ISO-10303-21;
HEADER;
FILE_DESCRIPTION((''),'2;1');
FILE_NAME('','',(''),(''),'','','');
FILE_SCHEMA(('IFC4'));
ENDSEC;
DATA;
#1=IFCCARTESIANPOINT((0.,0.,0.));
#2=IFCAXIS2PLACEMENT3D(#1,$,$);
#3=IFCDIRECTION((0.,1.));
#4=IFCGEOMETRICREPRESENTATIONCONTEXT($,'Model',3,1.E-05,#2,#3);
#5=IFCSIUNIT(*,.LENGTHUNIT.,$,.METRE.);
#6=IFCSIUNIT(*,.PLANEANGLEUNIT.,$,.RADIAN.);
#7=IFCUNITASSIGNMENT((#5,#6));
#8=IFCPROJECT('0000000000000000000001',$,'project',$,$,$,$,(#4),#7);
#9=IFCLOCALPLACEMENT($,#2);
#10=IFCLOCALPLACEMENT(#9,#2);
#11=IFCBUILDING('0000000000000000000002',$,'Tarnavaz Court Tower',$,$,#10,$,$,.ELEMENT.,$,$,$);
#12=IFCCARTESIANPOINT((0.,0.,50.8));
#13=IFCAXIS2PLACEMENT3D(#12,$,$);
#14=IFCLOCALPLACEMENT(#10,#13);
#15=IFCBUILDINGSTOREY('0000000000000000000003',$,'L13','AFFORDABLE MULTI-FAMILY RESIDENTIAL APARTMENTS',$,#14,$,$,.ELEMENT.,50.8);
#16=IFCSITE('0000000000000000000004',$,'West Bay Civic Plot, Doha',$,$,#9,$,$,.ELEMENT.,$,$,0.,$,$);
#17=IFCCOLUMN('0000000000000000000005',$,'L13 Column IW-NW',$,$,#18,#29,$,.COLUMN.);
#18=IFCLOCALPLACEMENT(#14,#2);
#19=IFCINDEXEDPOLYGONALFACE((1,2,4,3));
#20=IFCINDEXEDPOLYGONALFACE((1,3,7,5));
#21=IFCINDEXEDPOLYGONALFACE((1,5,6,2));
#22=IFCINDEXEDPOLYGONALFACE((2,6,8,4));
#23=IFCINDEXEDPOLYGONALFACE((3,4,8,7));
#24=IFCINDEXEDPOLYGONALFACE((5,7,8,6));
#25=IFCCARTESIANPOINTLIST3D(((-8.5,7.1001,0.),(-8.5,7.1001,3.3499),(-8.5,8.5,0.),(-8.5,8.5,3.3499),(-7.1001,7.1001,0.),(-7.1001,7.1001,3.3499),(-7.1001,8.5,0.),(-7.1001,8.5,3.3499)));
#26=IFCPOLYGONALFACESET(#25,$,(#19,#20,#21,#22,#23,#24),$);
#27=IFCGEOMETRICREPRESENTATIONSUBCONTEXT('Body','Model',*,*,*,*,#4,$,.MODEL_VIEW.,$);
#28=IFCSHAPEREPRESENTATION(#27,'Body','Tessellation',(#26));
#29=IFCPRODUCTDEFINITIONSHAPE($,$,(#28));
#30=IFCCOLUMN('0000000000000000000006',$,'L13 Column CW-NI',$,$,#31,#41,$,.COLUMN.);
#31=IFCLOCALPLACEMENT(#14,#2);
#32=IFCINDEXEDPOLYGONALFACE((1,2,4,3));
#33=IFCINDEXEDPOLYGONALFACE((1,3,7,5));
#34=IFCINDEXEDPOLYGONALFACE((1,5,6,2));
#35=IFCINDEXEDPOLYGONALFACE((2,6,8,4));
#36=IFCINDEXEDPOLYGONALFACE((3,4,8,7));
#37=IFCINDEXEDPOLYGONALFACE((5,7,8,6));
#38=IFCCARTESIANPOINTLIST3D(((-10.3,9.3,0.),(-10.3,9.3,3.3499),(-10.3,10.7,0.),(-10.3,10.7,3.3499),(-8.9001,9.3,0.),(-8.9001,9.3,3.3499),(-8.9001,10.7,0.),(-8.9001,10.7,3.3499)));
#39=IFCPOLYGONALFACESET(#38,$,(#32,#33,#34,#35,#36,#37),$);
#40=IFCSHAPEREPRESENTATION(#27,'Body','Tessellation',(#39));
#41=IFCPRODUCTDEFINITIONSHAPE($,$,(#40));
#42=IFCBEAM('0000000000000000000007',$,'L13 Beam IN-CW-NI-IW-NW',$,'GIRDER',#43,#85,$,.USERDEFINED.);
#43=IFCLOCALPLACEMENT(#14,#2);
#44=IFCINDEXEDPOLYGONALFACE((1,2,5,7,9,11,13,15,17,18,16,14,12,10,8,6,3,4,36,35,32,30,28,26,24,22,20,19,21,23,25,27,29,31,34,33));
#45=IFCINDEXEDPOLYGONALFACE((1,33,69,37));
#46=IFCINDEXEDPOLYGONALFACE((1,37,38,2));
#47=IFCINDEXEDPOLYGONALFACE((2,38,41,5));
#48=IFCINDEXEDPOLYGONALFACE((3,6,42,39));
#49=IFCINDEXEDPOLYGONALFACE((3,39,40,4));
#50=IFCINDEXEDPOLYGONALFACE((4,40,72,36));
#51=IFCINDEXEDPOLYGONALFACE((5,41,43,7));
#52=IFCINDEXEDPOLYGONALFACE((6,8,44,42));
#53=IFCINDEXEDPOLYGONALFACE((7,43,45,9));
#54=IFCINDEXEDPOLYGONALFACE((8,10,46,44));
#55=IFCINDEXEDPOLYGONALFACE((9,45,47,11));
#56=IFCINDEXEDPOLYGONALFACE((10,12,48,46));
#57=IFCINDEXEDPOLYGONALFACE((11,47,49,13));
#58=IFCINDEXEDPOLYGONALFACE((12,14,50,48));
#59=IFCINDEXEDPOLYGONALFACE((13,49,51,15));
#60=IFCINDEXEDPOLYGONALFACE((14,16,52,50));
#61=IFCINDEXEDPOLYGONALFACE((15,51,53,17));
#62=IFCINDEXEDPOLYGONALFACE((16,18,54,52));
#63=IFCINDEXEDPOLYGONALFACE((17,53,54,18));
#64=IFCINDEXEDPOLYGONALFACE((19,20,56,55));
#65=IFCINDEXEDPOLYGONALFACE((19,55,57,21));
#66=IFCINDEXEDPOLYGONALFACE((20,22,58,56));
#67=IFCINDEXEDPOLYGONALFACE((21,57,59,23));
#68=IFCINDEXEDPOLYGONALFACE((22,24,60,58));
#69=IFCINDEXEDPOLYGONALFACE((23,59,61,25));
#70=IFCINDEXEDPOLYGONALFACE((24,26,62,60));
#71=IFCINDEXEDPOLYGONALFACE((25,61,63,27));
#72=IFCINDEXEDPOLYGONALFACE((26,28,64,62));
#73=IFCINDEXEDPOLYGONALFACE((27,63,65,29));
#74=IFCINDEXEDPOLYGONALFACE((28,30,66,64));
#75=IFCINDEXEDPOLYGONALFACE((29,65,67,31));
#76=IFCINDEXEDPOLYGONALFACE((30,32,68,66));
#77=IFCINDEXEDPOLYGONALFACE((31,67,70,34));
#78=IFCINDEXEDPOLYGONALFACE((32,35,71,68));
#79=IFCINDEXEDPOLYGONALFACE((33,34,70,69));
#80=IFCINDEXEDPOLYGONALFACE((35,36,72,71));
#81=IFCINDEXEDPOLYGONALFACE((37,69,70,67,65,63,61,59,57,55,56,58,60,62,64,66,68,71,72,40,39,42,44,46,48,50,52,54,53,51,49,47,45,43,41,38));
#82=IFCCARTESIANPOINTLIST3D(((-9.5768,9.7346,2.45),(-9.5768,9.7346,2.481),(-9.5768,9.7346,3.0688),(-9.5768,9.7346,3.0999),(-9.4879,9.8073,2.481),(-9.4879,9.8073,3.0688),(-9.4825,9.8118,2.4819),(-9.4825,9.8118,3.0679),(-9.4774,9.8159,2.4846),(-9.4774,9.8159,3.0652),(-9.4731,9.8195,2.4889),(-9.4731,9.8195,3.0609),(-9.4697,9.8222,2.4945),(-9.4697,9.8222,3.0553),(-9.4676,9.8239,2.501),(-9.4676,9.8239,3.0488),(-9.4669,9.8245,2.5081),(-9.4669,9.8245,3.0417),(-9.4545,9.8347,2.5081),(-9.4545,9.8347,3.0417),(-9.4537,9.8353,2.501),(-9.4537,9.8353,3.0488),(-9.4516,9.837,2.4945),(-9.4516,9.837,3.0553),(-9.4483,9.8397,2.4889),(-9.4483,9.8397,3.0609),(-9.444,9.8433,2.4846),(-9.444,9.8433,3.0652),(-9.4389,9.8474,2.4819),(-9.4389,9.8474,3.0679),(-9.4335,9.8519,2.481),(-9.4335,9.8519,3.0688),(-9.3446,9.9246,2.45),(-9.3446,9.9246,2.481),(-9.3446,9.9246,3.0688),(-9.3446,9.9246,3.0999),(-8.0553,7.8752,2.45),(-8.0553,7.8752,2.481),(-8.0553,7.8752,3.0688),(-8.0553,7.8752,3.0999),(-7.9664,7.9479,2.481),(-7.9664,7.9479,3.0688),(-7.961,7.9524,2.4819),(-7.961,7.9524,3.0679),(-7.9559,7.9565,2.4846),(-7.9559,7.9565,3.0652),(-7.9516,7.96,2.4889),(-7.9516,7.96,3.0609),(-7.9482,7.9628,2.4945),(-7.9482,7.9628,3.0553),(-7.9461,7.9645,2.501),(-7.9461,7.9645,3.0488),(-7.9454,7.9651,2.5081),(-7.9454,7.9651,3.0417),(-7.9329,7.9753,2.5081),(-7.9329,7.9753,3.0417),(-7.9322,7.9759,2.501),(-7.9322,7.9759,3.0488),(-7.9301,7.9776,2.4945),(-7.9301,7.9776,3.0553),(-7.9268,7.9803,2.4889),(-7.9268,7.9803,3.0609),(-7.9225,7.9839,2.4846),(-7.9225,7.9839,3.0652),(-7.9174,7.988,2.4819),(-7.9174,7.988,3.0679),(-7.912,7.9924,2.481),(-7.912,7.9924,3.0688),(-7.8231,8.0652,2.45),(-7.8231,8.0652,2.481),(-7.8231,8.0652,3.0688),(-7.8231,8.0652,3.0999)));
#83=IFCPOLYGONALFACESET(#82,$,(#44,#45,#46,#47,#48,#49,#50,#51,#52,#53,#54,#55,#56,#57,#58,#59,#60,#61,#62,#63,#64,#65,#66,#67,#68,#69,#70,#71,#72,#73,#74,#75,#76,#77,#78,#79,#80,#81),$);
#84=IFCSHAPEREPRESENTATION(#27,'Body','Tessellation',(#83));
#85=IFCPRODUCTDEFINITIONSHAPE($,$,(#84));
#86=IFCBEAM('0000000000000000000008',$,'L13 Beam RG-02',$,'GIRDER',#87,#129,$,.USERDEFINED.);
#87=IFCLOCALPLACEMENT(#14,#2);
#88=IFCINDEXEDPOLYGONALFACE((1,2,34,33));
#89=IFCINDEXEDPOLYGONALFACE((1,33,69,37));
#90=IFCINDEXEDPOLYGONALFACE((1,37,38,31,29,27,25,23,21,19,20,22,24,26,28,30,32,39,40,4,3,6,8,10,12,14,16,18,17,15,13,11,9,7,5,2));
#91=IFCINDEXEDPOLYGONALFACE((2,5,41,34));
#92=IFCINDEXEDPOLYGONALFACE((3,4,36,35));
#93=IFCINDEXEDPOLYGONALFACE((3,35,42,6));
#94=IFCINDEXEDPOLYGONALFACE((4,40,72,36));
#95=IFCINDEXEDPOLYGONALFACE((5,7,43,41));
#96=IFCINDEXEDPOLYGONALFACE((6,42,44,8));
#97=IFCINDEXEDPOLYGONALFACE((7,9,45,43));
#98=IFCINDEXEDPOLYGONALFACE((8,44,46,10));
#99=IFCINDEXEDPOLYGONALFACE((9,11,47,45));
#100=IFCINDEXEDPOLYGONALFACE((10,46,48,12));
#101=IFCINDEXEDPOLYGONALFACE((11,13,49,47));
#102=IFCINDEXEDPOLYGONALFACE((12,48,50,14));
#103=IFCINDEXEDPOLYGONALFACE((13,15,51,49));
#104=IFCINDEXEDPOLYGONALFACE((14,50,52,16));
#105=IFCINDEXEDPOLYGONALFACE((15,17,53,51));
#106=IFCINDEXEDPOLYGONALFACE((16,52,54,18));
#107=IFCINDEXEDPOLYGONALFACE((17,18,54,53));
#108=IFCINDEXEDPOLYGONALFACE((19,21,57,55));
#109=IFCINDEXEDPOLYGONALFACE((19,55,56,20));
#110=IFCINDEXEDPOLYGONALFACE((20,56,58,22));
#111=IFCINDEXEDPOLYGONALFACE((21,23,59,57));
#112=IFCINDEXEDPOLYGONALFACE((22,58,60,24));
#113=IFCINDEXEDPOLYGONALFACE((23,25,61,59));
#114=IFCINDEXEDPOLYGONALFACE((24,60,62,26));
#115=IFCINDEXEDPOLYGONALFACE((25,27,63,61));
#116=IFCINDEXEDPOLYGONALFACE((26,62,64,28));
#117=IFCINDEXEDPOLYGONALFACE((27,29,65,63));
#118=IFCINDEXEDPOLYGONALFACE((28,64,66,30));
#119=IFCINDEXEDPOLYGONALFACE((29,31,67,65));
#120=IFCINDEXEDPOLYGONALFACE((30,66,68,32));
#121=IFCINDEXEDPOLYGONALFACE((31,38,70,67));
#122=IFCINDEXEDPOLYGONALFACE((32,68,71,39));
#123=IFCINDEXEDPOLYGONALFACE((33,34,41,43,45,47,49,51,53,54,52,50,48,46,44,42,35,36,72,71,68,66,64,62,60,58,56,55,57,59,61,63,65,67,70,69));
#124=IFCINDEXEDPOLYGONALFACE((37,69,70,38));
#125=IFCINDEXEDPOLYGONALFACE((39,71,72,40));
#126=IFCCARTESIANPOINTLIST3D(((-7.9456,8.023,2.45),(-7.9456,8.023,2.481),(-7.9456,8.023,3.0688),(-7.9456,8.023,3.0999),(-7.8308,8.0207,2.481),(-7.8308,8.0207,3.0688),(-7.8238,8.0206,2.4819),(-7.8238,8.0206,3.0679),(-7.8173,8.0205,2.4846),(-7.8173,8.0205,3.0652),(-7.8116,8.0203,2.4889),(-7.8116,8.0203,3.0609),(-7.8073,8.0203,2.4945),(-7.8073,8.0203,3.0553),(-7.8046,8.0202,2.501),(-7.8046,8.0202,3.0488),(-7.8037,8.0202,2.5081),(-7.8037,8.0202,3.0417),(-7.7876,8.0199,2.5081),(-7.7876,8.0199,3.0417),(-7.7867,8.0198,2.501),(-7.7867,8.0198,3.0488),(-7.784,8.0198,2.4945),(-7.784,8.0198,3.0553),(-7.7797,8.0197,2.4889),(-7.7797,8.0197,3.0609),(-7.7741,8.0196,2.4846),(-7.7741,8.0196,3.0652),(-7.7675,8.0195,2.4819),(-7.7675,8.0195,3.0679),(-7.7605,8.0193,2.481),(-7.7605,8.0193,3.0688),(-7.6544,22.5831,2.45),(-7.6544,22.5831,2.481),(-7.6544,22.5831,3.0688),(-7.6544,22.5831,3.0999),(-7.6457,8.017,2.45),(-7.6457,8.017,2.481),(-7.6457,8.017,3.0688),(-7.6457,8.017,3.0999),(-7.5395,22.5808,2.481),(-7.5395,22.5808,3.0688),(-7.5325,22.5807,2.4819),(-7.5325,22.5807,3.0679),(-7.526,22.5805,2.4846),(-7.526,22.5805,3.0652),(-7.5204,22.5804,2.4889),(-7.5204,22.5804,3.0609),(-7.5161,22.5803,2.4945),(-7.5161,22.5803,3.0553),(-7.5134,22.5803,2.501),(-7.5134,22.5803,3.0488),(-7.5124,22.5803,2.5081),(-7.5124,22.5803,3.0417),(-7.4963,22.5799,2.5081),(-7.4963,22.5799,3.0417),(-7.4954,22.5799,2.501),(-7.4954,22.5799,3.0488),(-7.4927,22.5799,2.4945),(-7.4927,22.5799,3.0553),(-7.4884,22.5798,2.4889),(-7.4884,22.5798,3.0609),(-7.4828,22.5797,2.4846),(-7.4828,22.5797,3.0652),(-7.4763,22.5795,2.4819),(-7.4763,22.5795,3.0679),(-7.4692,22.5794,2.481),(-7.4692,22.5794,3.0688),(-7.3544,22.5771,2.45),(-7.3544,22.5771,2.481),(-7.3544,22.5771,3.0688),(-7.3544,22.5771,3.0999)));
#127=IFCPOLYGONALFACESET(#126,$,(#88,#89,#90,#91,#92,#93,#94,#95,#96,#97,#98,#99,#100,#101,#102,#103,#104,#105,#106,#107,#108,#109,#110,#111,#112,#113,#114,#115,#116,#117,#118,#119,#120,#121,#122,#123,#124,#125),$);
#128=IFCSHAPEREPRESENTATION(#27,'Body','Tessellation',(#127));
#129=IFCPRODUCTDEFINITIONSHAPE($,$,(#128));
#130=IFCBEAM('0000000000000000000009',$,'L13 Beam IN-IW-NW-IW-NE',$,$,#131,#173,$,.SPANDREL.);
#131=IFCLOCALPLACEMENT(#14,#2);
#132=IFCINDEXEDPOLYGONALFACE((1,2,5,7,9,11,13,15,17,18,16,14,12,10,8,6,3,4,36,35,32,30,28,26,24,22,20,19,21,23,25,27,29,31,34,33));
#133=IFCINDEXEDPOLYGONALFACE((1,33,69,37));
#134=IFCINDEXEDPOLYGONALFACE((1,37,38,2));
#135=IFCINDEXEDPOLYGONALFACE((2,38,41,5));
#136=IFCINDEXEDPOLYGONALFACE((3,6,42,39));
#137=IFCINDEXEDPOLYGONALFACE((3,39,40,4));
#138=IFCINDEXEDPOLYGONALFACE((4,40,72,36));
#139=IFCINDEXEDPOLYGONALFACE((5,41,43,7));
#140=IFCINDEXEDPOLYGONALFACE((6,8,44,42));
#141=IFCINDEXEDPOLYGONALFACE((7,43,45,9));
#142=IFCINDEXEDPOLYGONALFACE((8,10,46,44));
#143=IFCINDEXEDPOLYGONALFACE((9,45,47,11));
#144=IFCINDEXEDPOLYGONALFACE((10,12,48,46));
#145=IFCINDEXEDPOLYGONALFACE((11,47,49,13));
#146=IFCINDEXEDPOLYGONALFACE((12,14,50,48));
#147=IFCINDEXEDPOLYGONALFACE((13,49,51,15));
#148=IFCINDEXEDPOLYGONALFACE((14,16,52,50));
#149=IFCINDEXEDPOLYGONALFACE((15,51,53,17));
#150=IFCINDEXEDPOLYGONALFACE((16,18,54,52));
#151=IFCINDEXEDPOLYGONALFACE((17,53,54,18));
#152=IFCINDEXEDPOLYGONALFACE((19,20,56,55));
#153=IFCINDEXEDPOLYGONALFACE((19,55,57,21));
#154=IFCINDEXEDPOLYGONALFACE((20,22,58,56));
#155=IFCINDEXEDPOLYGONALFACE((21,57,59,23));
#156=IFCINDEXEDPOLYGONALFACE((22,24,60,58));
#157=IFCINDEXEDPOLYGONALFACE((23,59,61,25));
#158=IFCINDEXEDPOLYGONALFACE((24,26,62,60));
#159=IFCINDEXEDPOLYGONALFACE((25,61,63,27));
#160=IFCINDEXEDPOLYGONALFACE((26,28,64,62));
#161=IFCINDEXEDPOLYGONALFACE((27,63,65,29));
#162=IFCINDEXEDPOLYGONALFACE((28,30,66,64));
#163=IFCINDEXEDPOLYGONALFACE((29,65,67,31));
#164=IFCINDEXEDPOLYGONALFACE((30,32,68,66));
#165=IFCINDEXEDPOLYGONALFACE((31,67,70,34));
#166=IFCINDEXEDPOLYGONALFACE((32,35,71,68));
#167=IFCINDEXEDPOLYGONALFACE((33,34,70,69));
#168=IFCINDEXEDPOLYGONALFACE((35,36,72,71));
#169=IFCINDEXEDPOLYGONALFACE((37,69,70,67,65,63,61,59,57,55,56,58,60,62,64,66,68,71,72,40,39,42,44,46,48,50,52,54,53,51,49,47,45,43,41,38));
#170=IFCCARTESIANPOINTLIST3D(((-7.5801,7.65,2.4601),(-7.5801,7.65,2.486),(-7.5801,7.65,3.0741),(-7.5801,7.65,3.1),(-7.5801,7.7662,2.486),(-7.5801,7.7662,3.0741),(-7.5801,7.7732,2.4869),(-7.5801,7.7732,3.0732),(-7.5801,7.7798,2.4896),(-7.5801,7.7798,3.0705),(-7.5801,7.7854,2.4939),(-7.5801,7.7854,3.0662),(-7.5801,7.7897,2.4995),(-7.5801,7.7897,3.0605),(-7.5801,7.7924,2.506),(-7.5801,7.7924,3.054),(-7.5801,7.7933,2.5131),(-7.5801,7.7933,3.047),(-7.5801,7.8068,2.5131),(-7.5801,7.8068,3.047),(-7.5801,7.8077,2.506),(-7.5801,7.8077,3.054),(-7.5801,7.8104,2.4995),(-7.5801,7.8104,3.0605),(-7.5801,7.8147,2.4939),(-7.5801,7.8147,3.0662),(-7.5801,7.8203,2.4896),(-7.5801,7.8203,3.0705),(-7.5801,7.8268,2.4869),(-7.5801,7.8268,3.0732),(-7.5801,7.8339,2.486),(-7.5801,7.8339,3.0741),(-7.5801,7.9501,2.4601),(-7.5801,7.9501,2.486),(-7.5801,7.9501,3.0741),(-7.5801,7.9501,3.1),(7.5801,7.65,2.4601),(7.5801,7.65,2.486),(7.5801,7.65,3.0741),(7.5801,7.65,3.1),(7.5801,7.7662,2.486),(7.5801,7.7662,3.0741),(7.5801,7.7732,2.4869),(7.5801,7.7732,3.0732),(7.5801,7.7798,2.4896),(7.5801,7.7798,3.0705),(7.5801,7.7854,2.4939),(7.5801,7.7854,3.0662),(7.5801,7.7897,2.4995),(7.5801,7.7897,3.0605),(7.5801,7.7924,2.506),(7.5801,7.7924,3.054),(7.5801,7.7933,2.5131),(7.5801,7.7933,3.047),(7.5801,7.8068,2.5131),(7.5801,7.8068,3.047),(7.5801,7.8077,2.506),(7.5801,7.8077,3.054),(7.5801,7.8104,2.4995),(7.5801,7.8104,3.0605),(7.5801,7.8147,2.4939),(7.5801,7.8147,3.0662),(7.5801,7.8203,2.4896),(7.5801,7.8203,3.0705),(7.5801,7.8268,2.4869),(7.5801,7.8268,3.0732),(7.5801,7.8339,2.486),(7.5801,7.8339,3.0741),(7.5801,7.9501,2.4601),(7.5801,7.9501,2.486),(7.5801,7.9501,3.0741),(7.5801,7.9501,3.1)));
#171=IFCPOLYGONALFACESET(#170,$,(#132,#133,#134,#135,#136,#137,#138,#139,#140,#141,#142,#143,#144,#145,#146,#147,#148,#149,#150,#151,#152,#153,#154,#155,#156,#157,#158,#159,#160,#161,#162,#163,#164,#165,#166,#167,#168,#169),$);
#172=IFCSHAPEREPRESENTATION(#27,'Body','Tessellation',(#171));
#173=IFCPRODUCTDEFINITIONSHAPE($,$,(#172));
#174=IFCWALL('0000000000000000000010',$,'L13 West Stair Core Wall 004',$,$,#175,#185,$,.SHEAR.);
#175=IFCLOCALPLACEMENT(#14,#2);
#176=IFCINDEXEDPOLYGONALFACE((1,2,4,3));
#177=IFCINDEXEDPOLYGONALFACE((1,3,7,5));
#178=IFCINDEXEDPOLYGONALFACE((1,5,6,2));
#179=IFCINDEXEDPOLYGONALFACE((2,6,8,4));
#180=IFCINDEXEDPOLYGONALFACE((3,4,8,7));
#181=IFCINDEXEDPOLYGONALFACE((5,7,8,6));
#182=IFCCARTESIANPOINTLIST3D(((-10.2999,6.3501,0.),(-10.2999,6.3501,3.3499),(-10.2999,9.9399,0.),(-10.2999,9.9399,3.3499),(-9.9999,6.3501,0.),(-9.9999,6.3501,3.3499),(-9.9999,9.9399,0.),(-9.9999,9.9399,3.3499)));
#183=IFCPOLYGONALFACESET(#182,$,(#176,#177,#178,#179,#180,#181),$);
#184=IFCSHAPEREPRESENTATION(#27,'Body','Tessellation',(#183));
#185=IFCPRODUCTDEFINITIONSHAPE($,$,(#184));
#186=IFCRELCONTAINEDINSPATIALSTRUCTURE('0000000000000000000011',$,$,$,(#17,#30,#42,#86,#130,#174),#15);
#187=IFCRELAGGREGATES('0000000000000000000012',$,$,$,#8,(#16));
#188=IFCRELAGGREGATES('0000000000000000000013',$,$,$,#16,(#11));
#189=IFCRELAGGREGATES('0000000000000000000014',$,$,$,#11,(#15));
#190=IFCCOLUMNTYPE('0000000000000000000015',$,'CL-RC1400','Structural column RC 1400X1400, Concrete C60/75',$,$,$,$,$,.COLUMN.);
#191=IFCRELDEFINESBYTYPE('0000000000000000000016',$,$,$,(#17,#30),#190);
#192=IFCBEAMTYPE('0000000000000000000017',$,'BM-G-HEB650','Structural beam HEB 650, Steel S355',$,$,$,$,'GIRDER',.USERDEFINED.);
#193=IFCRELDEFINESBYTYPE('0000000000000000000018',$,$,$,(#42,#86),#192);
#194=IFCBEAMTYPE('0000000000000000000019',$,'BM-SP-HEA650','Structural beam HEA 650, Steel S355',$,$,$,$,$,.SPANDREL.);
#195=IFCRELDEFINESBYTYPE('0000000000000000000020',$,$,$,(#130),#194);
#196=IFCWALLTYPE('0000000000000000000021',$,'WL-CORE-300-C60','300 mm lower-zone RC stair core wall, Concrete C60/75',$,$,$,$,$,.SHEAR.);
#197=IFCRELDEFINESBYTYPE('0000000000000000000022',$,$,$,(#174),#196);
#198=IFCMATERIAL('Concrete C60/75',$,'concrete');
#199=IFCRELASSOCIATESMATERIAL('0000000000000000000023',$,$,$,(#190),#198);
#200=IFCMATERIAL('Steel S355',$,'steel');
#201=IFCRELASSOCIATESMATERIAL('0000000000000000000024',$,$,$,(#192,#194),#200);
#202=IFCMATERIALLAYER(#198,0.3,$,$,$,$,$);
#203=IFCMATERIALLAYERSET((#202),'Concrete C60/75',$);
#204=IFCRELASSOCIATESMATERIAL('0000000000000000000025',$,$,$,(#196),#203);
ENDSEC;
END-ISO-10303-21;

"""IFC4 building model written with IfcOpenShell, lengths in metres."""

from ifc_helpers import new_model, si_unit, direction, frame, frame_2d, origin, origin_2d, place, context, subcontext, project, spatial, rectangle, i_section, extrude, material, layer, layer_set, material_profile, profile_set, type_object, element, save


model = new_model("IFC4")

# Units and contexts
model_context = context("Model", 3, precision=1e-05, world=origin(), true_north=direction((0.0, 1.0)))
body_context = subcontext(model_context, "Body", "Model", "MODEL_VIEW")
ifc_project = project(units=[si_unit("LENGTHUNIT", "METRE"), si_unit("PLANEANGLEUNIT", "RADIAN")], contexts=[model_context])

# Site, building, storey
site_placement = place(None, origin())
site = spatial("IfcSite", under=ifc_project, at=site_placement, Name="West Bay Civic Plot, Doha", CompositionType="ELEMENT", RefElevation=0.0)
building_placement = place(site_placement, origin())
building = spatial("IfcBuilding", under=site, at=building_placement, Name="Tarnavaz Court Tower", CompositionType="ELEMENT")
storey_placement = place(building_placement, frame((0.0, 0.0, 50.8)))
storey = spatial("IfcBuildingStorey", under=building, at=storey_placement, Name="L13", Description="AFFORDABLE MULTI-FAMILY RESIDENTIAL APARTMENTS", CompositionType="ELEMENT", Elevation=50.8)

# Columns
ifc_material_1 = material(Name="Concrete C60/75", Category="concrete")
ifc_material_profile_1 = material_profile(ifc_material_1, rectangle(XDim=1.3999, YDim=1.3999, at=origin_2d()), Name="RC 1400X1400")
ifc_profile_set_1 = profile_set([ifc_material_profile_1], Name="Concrete C60/75")
column_type = type_object("IfcColumnType", Name="CL-RC1400", Description="Structural column RC 1400X1400, Concrete C60/75", PredefinedType="COLUMN", material=ifc_profile_set_1)
for number, where, z_axis, x_axis, name in (
    (1, (-7.8, 7.8, 0.0), (0.0, 0.0, 1.0), (1.0, 0.0, 0.0), "L13 Column IW-NW"),
    (2, (-9.6001, 10.0, 0.0), (0.0, 0.0, 1.0), (1.0, 0.0, 0.0), "L13 Column CW-NI"),
):
    element("IfcColumn", number, at=place(storey_placement, frame(where, z_axis=z_axis, x_axis=x_axis)), inside=storey, type_object=column_type, Name=name, PredefinedType="COLUMN", context=body_context, shape_type="SweptSolid", body=[
        extrude(rectangle(XDim=1.3999, YDim=1.3999, at=origin_2d()), origin(), (0.0, 0.0, 1.0), 3.3499),
    ])

# Beams
ifc_material_2 = material(Name="Steel S355", Category="steel")
ifc_material_profile_2 = material_profile(ifc_material_2, i_section(OverallWidth=0.3, OverallDepth=0.6499, WebThickness=0.0161, FlangeThickness=0.031, FilletRadius=0.0271, at=origin_2d()), Name="HEB 650")
ifc_profile_set_2 = profile_set([ifc_material_profile_2], Name="Steel S355")
beam_type_1 = type_object("IfcBeamType", Name="BM-G-HEB650", Description="Structural beam HEB 650, Steel S355", ElementType="GIRDER", PredefinedType="USERDEFINED", material=ifc_profile_set_2)
beam_1_placement = place(storey_placement, frame((-9.4607, 9.8296, 2.7749), z_axis=(0.633282, -0.773921, 0.0), x_axis=(0.773921, 0.633282, 0.0)))
element("IfcBeam", 3, at=beam_1_placement, inside=storey, type_object=beam_type_1, Name="L13 Beam IN-CW-NI-IW-NW", ObjectType="GIRDER", PredefinedType="USERDEFINED", context=body_context, shape_type="SweptSolid", body=[
    extrude(i_section(OverallWidth=0.3, OverallDepth=0.6499, WebThickness=0.0161, FlangeThickness=0.031, FilletRadius=0.0271, at=origin_2d()), origin(), (0.0, 0.0, 1.0), 2.4026),
])
beam_2_placement = place(storey_placement, frame((-7.7957, 8.02, 2.7749), z_axis=(0.02, 0.9998, 0.0), x_axis=(-0.9998, 0.02, 0.0)))
element("IfcBeam", 4, at=beam_2_placement, inside=storey, type_object=beam_type_1, Name="L13 Beam RG-02", ObjectType="GIRDER", PredefinedType="USERDEFINED", context=body_context, shape_type="SweptSolid", body=[
    extrude(i_section(OverallWidth=0.3, OverallDepth=0.6499, WebThickness=0.0161, FlangeThickness=0.031, FilletRadius=0.0271, at=origin_2d()), origin(), (0.0, 0.0, 1.0), 14.563),
])
ifc_material_profile_3 = material_profile(ifc_material_2, i_section(OverallWidth=0.3, OverallDepth=0.6399, WebThickness=0.0134, FlangeThickness=0.0259, FilletRadius=0.0271, at=origin_2d()), Name="HEA 650")
ifc_profile_set_3 = profile_set([ifc_material_profile_3], Name="Steel S355")
beam_type_2 = type_object("IfcBeamType", Name="BM-SP-HEA650", Description="Structural beam HEA 650, Steel S355", PredefinedType="SPANDREL", material=ifc_profile_set_3)
beam_3_placement = place(storey_placement, frame((-7.5801, 7.8, 2.78), z_axis=(1.0, 0.0, 0.0), x_axis=(0.0, 1.0, 0.0)))
element("IfcBeam", 5, at=beam_3_placement, inside=storey, type_object=beam_type_2, Name="L13 Beam IN-IW-NW-IW-NE", PredefinedType="SPANDREL", context=body_context, shape_type="SweptSolid", body=[
    extrude(i_section(OverallWidth=0.3, OverallDepth=0.6399, WebThickness=0.0134, FlangeThickness=0.0259, FilletRadius=0.0271, at=origin_2d()), origin(), (0.0, 0.0, 1.0), 15.1602),
])

# Wall
ifc_layer_1 = layer(ifc_material_1, 0.3)
ifc_layer_set_1 = layer_set([ifc_layer_1], Name="Concrete C60/75")
wall_type_1 = type_object("IfcWallType", Name="WL-CORE-300-C60", Description="300 mm lower-zone RC stair core wall, Concrete C60/75", PredefinedType="SHEAR", material=ifc_layer_set_1)
wall_1_placement = place(storey_placement, frame((-10.1499, 6.3501, 0.0), z_axis=(0.0, 0.0, 1.0), x_axis=(0.0, 1.0, 0.0)))
element("IfcWall", 6, at=wall_1_placement, inside=storey, type_object=wall_type_1, Name="L13 West Stair Core Wall 004", PredefinedType="SHEAR", context=body_context, shape_type="SweptSolid", body=[
    extrude(rectangle(XDim=3.5898, YDim=0.3, at=frame_2d((1.7949, 0.0))), origin(), (0.0, 0.0, 1.0), 3.3499),
])

save(model, "model.ifc")
